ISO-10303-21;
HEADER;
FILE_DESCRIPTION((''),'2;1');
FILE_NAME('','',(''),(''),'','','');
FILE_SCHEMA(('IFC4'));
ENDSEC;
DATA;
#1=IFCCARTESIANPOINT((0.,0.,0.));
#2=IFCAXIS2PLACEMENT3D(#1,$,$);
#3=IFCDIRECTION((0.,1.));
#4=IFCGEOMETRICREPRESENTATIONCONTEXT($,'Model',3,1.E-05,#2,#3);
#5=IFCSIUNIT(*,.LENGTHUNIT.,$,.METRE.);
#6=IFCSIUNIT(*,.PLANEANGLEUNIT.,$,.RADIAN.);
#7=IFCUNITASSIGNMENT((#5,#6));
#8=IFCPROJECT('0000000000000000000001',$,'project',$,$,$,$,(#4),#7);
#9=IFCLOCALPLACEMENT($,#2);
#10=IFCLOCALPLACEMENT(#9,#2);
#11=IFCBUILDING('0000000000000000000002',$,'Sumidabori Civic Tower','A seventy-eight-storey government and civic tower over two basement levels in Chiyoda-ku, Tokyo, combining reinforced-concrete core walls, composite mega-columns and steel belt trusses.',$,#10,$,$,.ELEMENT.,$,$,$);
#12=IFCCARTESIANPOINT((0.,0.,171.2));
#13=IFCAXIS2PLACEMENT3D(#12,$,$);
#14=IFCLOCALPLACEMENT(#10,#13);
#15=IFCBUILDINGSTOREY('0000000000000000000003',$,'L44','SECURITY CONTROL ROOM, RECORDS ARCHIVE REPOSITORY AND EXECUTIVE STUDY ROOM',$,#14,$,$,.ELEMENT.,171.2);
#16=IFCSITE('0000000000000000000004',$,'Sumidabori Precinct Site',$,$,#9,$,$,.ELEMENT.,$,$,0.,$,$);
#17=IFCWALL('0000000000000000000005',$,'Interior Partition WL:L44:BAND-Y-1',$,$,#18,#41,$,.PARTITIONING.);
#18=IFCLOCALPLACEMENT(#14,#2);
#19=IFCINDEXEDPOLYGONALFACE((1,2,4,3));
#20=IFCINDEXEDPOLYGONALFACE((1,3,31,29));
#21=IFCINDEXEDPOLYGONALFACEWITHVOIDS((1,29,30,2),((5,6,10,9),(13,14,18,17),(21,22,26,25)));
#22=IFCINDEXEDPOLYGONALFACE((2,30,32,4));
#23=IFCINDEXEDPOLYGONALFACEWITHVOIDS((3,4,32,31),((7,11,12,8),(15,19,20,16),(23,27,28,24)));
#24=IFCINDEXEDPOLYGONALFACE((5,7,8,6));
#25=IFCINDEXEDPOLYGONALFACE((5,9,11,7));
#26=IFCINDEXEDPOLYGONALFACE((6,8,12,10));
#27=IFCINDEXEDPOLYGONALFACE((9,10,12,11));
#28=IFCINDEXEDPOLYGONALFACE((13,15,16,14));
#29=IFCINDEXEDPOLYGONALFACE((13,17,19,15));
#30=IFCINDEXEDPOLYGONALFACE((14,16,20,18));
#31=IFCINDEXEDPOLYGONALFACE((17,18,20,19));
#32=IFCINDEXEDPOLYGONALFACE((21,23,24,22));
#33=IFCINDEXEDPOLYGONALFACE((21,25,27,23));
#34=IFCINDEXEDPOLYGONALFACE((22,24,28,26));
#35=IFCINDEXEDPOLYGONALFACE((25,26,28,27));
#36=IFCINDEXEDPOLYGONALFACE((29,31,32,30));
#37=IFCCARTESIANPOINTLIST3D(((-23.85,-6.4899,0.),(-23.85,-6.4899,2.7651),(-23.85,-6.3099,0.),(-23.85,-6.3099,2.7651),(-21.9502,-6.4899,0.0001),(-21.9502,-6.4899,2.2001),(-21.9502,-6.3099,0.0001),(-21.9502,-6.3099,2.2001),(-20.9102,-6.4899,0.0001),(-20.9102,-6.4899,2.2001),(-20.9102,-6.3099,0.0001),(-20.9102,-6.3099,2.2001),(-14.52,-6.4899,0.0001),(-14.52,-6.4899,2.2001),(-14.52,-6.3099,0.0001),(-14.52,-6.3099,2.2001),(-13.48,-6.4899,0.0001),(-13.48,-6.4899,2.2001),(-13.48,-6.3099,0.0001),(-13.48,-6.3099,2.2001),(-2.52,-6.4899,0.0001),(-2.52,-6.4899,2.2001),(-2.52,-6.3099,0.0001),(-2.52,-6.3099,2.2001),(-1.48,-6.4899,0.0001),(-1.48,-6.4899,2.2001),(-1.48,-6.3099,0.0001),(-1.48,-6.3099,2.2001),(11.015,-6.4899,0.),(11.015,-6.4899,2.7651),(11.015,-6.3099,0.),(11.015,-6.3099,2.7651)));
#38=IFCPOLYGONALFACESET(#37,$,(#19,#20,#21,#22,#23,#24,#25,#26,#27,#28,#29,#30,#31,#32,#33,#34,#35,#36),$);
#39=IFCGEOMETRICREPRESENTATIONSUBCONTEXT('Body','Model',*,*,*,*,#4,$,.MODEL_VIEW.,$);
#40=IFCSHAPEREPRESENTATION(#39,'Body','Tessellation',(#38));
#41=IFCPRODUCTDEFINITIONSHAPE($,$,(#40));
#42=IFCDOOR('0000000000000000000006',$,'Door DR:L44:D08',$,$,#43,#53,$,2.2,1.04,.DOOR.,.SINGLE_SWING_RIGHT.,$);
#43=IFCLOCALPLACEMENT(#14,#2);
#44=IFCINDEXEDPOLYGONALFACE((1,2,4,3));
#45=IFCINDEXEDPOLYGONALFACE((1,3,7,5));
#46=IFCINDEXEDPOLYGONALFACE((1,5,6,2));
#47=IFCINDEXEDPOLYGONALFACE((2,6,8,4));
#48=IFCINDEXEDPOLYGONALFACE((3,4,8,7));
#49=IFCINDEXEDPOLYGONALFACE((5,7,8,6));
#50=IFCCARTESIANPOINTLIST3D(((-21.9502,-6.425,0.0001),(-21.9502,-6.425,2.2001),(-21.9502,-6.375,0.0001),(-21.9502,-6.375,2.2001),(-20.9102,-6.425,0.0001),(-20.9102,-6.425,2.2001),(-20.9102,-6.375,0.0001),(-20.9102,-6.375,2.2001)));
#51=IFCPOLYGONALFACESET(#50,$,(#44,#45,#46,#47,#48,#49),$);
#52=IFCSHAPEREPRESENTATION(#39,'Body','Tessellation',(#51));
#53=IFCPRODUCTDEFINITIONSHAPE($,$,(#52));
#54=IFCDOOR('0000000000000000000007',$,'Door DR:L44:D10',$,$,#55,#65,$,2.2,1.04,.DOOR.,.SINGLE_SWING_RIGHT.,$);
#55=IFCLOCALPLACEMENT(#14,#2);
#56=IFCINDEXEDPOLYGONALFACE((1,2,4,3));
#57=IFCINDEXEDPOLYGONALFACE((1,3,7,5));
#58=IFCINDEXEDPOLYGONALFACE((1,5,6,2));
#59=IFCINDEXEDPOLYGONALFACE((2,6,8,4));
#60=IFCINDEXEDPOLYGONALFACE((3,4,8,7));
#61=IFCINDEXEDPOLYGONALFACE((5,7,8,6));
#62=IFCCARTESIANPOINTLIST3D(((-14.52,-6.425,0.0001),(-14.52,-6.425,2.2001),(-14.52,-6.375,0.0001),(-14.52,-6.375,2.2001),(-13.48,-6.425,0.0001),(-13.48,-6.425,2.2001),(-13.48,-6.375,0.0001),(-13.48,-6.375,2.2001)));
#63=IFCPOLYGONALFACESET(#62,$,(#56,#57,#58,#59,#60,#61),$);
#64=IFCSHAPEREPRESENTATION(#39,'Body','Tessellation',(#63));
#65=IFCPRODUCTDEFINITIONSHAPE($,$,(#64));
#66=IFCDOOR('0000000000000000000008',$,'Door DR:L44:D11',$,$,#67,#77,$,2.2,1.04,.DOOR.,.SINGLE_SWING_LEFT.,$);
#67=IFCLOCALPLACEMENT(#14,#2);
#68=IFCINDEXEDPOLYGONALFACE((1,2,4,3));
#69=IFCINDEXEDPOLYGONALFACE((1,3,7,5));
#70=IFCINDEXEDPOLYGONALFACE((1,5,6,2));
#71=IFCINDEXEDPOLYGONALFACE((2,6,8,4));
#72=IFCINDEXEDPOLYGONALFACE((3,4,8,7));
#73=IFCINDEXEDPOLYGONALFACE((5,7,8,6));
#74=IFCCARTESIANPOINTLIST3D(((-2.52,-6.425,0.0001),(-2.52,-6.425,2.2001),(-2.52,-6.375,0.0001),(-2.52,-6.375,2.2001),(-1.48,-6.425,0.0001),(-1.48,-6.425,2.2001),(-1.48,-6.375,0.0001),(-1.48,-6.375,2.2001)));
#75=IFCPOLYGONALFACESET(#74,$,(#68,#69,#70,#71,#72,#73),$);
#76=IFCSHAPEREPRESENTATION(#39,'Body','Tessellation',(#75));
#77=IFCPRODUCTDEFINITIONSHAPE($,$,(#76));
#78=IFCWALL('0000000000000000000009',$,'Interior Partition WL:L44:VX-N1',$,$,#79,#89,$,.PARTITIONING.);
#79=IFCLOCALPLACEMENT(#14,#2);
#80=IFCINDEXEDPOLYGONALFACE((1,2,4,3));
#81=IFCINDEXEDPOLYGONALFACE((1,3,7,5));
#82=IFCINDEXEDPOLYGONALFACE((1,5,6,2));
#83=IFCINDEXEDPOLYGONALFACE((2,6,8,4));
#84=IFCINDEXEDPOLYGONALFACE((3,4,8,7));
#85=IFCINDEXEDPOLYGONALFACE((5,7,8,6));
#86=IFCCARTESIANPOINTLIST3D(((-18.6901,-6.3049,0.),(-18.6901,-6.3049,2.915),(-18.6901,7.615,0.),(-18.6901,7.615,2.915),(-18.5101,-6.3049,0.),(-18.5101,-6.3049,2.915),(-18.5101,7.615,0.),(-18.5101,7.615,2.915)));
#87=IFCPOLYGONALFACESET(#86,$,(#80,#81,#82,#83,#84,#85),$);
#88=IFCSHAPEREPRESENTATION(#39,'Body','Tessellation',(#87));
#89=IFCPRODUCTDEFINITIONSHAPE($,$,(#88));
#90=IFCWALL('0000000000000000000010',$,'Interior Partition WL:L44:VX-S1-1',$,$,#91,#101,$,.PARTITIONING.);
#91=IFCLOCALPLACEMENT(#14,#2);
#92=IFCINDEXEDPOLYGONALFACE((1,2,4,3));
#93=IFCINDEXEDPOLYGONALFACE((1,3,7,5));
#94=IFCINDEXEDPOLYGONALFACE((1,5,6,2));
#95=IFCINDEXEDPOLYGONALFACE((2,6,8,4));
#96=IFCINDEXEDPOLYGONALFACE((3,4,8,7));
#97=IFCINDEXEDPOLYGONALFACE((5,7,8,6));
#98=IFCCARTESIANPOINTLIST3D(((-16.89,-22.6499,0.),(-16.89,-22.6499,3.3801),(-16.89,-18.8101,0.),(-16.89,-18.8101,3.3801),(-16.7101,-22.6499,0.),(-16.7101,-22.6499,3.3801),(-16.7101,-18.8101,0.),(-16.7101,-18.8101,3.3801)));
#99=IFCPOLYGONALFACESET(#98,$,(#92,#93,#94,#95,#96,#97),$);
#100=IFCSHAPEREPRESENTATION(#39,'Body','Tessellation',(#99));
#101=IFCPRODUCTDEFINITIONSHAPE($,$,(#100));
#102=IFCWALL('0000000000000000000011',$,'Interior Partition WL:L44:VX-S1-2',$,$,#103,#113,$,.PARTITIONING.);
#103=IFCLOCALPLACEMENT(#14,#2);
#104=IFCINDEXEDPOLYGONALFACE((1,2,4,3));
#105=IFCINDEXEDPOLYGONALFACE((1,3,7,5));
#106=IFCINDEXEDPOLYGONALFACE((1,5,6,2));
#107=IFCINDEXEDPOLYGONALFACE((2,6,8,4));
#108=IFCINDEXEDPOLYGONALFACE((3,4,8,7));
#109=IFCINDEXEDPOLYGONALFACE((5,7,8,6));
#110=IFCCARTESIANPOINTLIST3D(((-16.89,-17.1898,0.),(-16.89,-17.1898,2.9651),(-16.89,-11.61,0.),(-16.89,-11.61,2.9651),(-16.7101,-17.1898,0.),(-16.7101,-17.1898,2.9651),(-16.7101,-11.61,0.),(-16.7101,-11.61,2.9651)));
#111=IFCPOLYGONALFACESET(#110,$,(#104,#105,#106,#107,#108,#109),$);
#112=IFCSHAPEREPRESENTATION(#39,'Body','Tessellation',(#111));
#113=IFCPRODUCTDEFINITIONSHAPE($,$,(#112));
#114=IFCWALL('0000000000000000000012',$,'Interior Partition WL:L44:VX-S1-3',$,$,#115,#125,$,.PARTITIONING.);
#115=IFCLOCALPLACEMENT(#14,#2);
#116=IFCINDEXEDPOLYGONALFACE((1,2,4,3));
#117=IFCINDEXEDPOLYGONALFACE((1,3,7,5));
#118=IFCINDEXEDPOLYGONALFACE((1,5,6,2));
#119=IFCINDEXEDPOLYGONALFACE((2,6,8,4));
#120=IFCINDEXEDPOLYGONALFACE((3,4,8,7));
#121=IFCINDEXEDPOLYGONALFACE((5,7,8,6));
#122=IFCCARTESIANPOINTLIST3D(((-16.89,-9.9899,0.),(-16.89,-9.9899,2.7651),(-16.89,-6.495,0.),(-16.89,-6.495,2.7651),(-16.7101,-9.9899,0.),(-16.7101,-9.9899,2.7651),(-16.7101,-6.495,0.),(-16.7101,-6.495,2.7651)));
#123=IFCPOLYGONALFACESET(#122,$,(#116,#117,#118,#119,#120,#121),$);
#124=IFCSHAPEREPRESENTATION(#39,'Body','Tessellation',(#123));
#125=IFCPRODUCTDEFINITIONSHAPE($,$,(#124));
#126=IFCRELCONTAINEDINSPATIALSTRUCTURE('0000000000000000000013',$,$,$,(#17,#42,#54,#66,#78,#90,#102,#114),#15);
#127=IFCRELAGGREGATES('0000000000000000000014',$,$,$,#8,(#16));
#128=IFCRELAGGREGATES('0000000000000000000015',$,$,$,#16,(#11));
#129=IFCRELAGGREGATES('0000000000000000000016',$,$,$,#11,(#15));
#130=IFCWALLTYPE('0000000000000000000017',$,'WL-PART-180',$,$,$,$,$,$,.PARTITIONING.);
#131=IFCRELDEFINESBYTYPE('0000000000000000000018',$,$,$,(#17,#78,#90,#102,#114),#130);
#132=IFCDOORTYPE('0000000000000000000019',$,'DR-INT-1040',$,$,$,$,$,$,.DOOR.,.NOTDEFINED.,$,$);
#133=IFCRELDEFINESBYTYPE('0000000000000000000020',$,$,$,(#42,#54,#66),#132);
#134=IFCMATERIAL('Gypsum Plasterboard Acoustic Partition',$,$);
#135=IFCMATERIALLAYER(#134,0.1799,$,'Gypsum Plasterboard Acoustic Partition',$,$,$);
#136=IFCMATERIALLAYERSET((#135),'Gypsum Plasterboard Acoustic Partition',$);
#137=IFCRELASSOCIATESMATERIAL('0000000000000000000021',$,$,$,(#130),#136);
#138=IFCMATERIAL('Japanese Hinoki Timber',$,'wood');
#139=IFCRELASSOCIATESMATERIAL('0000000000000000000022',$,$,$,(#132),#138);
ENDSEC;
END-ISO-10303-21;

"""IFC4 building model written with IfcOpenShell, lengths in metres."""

from ifc_helpers import new_model, si_unit, direction, frame, frame_2d, origin, place, context, subcontext, project, spatial, rectangle, extrude, source, transform, mapped, material, layer, layer_set, type_object, element, fill, save


model = new_model("IFC4")

# Units and contexts
model_context = context("Model", 3, precision=1e-05, world=origin(), true_north=direction((0.0, 1.0)))
body_context = subcontext(model_context, "Body", "Model", "MODEL_VIEW")
ifc_project = project(units=[si_unit("LENGTHUNIT", "METRE"), si_unit("PLANEANGLEUNIT", "RADIAN")], contexts=[model_context])

# Site, building, storey
site_placement = place(None, origin())
site = spatial("IfcSite", under=ifc_project, at=site_placement, Name="Sumidabori Precinct Site", CompositionType="ELEMENT", RefElevation=0.0)
building_placement = place(site_placement, origin())
building = spatial("IfcBuilding", under=site, at=building_placement, Name="Sumidabori Civic Tower", Description="A seventy-eight-storey government and civic tower over two basement levels in Chiyoda-ku, Tokyo, combining reinforced-concrete core walls, composite mega-columns and steel belt trusses.", CompositionType="ELEMENT")
storey_placement = place(building_placement, frame((0.0, 0.0, 171.2)))
storey = spatial("IfcBuildingStorey", under=building, at=storey_placement, Name="L44", Description="SECURITY CONTROL ROOM, RECORDS ARCHIVE REPOSITORY AND EXECUTIVE STUDY ROOM", CompositionType="ELEMENT", Elevation=171.2)

# Wall, openings, doors
ifc_material_1 = material(Name="Gypsum Plasterboard Acoustic Partition")
ifc_layer_1 = layer(ifc_material_1, 0.1799, Name="Gypsum Plasterboard Acoustic Partition")
ifc_layer_set_1 = layer_set([ifc_layer_1], Name="Gypsum Plasterboard Acoustic Partition")
wall_type_1 = type_object("IfcWallType", Name="WL-PART-180", PredefinedType="PARTITIONING", material=ifc_layer_set_1)
shared_shape_1 = source(origin(), body_context, "Body", "SweptSolid", [
    extrude(rectangle(XDim=34.865, YDim=0.1799, at=frame_2d((17.4326, 0.0))), origin(), (0.0, 0.0, 1.0), 2.7651),
])
wall_1_placement = place(storey_placement, frame((-23.8501, -6.3999, 0.0), z_axis=(0.0, 0.0, 1.0), x_axis=(1.0, 0.0, 0.0)))
wall_1 = element("IfcWall", 1, at=wall_1_placement, inside=storey, type_object=wall_type_1, Name="Interior Partition WL:L44:BAND-Y-1", PredefinedType="PARTITIONING", context=body_context, shape_type="MappedRepresentation", body=[
    mapped(shared_shape_1, transform((0.0, 0.0, 0.0), x_axis=(1.0, 0.0, 0.0), y_axis=(0.0, 1.0, 0.0), z_axis=(0.0, 0.0, 1.0), scale=1.0)),
])
opening_1_placement = place(wall_1_placement, frame((1.8999, 0.0, 0.0)))
opening_1 = element("IfcOpeningElement", 2, at=opening_1_placement, cuts=wall_1, PredefinedType="OPENING", context=body_context, shape_type="SweptSolid", body=[
    extrude(rectangle(XDim=1.04, YDim=2.2, at=frame_2d((0.52, 1.1001))), frame((0.0, 0.1021, 0.0), z_axis=(0.0, -1.0, 0.0), x_axis=(1.0, 0.0, 0.0)), (0.0, 0.0, 1.0), 0.2039),
])
opening_2_placement = place(wall_1_placement, frame((9.3301, 0.0, 0.0)))
opening_2 = element("IfcOpeningElement", 3, at=opening_2_placement, cuts=wall_1, PredefinedType="OPENING", context=body_context, shape_type="SweptSolid", body=[
    extrude(rectangle(XDim=1.04, YDim=2.2, at=frame_2d((0.52, 1.1001))), frame((0.0, 0.1021, 0.0), z_axis=(0.0, -1.0, 0.0), x_axis=(1.0, 0.0, 0.0)), (0.0, 0.0, 1.0), 0.2039),
])
opening_3_placement = place(wall_1_placement, frame((21.3301, 0.0, 0.0)))
opening_3 = element("IfcOpeningElement", 4, at=opening_3_placement, cuts=wall_1, PredefinedType="OPENING", context=body_context, shape_type="SweptSolid", body=[
    extrude(rectangle(XDim=1.04, YDim=2.2, at=frame_2d((0.52, 1.1001))), frame((0.0, 0.1021, 0.0), z_axis=(0.0, -1.0, 0.0), x_axis=(1.0, 0.0, 0.0)), (0.0, 0.0, 1.0), 0.2039),
])
ifc_material_2 = material(Name="Japanese Hinoki Timber", Category="wood")
door_type = type_object("IfcDoorType", Name="DR-INT-1040", OperationType="NOTDEFINED", PredefinedType="DOOR", material=ifc_material_2)
shared_shape_2 = source(origin(), body_context, "Body", "SweptSolid", [
    extrude(rectangle(XDim=1.04, YDim=2.2, at=frame_2d((0.52, 1.1001))), frame((0.0, 0.0249, 0.0), z_axis=(0.0, -1.0, 0.0), x_axis=(1.0, 0.0, 0.0)), (0.0, 0.0, 1.0), 0.05),
])
door_1_placement = place(opening_1_placement, origin())
door_1 = element("IfcDoor", 5, at=door_1_placement, inside=storey, type_object=door_type, Name="Door DR:L44:D08", OperationType="SINGLE_SWING_RIGHT", OverallHeight=2.2, OverallWidth=1.04, PredefinedType="DOOR", context=body_context, shape_type="MappedRepresentation", body=[
    mapped(shared_shape_2, transform((0.0, 0.0, 0.0), x_axis=(1.0, 0.0, 0.0), y_axis=(0.0, 1.0, 0.0), z_axis=(0.0, 0.0, 1.0), scale=1.0)),
])
fill(opening_1, door_1)
door_2_placement = place(opening_2_placement, origin())
door_2 = element("IfcDoor", 6, at=door_2_placement, inside=storey, type_object=door_type, Name="Door DR:L44:D10", OperationType="SINGLE_SWING_RIGHT", OverallHeight=2.2, OverallWidth=1.04, PredefinedType="DOOR", context=body_context, shape_type="MappedRepresentation", body=[
    mapped(shared_shape_2, transform((0.0, 0.0, 0.0), x_axis=(1.0, 0.0, 0.0), y_axis=(0.0, 1.0, 0.0), z_axis=(0.0, 0.0, 1.0), scale=1.0)),
])
fill(opening_2, door_2)
door_3_placement = place(opening_3_placement, origin())
door_3 = element("IfcDoor", 7, at=door_3_placement, inside=storey, type_object=door_type, Name="Door DR:L44:D11", OperationType="SINGLE_SWING_LEFT", OverallHeight=2.2, OverallWidth=1.04, PredefinedType="DOOR", context=body_context, shape_type="MappedRepresentation", body=[
    mapped(shared_shape_2, transform((0.0, 0.0, 0.0), x_axis=(1.0, 0.0, 0.0), y_axis=(0.0, 1.0, 0.0), z_axis=(0.0, 0.0, 1.0), scale=1.0)),
])
fill(opening_3, door_3)

# Walls
shared_shape_3 = source(origin(), body_context, "Body", "SweptSolid", [
    extrude(rectangle(XDim=13.9199, YDim=0.1799, at=frame_2d((6.96, 0.0))), origin(), (0.0, 0.0, 1.0), 2.915),
])
wall_2_placement = place(storey_placement, frame((-18.6001, -6.3049, 0.0), z_axis=(0.0, 0.0, 1.0), x_axis=(0.0, 1.0, 0.0)))
element("IfcWall", 8, at=wall_2_placement, inside=storey, type_object=wall_type_1, Name="Interior Partition WL:L44:VX-N1", PredefinedType="PARTITIONING", context=body_context, shape_type="MappedRepresentation", body=[
    mapped(shared_shape_3, transform((0.0, 0.0, 0.0), x_axis=(1.0, 0.0, 0.0), y_axis=(0.0, 1.0, 0.0), z_axis=(0.0, 0.0, 1.0), scale=1.0)),
])
shared_shape_4 = source(origin(), body_context, "Body", "SweptSolid", [
    extrude(rectangle(XDim=3.8398, YDim=0.1799, at=frame_2d((1.9199, 0.0))), origin(), (0.0, 0.0, 1.0), 3.3801),
])
wall_3_placement = place(storey_placement, frame((-16.8, -22.6499, 0.0), z_axis=(0.0, 0.0, 1.0), x_axis=(0.0, 1.0, 0.0)))
element("IfcWall", 9, at=wall_3_placement, inside=storey, type_object=wall_type_1, Name="Interior Partition WL:L44:VX-S1-1", PredefinedType="PARTITIONING", context=body_context, shape_type="MappedRepresentation", body=[
    mapped(shared_shape_4, transform((0.0, 0.0, 0.0), x_axis=(1.0, 0.0, 0.0), y_axis=(0.0, 1.0, 0.0), z_axis=(0.0, 0.0, 1.0), scale=1.0)),
])
shared_shape_5 = source(origin(), body_context, "Body", "SweptSolid", [
    extrude(rectangle(XDim=5.5798, YDim=0.1799, at=frame_2d((2.79, 0.0))), origin(), (0.0, 0.0, 1.0), 2.9651),
])
wall_4_placement = place(storey_placement, frame((-16.8, -17.1899, 0.0), z_axis=(0.0, 0.0, 1.0), x_axis=(0.0, 1.0, 0.0)))
element("IfcWall", 10, at=wall_4_placement, inside=storey, type_object=wall_type_1, Name="Interior Partition WL:L44:VX-S1-2", PredefinedType="PARTITIONING", context=body_context, shape_type="MappedRepresentation", body=[
    mapped(shared_shape_5, transform((0.0, 0.0, 0.0), x_axis=(1.0, 0.0, 0.0), y_axis=(0.0, 1.0, 0.0), z_axis=(0.0, 0.0, 1.0), scale=1.0)),
])
shared_shape_6 = source(origin(), body_context, "Body", "SweptSolid", [
    extrude(rectangle(XDim=3.4949, YDim=0.1799, at=frame_2d((1.7476, 0.0))), origin(), (0.0, 0.0, 1.0), 2.7651),
])
wall_5_placement = place(storey_placement, frame((-16.8, -9.99, 0.0), z_axis=(0.0, 0.0, 1.0), x_axis=(0.0, 1.0, 0.0)))
element("IfcWall", 11, at=wall_5_placement, inside=storey, type_object=wall_type_1, Name="Interior Partition WL:L44:VX-S1-3", PredefinedType="PARTITIONING", context=body_context, shape_type="MappedRepresentation", body=[
    mapped(shared_shape_6, transform((0.0, 0.0, 0.0), x_axis=(1.0, 0.0, 0.0), y_axis=(0.0, 1.0, 0.0), z_axis=(0.0, 0.0, 1.0), scale=1.0)),
])

save(model, "model.ifc")
